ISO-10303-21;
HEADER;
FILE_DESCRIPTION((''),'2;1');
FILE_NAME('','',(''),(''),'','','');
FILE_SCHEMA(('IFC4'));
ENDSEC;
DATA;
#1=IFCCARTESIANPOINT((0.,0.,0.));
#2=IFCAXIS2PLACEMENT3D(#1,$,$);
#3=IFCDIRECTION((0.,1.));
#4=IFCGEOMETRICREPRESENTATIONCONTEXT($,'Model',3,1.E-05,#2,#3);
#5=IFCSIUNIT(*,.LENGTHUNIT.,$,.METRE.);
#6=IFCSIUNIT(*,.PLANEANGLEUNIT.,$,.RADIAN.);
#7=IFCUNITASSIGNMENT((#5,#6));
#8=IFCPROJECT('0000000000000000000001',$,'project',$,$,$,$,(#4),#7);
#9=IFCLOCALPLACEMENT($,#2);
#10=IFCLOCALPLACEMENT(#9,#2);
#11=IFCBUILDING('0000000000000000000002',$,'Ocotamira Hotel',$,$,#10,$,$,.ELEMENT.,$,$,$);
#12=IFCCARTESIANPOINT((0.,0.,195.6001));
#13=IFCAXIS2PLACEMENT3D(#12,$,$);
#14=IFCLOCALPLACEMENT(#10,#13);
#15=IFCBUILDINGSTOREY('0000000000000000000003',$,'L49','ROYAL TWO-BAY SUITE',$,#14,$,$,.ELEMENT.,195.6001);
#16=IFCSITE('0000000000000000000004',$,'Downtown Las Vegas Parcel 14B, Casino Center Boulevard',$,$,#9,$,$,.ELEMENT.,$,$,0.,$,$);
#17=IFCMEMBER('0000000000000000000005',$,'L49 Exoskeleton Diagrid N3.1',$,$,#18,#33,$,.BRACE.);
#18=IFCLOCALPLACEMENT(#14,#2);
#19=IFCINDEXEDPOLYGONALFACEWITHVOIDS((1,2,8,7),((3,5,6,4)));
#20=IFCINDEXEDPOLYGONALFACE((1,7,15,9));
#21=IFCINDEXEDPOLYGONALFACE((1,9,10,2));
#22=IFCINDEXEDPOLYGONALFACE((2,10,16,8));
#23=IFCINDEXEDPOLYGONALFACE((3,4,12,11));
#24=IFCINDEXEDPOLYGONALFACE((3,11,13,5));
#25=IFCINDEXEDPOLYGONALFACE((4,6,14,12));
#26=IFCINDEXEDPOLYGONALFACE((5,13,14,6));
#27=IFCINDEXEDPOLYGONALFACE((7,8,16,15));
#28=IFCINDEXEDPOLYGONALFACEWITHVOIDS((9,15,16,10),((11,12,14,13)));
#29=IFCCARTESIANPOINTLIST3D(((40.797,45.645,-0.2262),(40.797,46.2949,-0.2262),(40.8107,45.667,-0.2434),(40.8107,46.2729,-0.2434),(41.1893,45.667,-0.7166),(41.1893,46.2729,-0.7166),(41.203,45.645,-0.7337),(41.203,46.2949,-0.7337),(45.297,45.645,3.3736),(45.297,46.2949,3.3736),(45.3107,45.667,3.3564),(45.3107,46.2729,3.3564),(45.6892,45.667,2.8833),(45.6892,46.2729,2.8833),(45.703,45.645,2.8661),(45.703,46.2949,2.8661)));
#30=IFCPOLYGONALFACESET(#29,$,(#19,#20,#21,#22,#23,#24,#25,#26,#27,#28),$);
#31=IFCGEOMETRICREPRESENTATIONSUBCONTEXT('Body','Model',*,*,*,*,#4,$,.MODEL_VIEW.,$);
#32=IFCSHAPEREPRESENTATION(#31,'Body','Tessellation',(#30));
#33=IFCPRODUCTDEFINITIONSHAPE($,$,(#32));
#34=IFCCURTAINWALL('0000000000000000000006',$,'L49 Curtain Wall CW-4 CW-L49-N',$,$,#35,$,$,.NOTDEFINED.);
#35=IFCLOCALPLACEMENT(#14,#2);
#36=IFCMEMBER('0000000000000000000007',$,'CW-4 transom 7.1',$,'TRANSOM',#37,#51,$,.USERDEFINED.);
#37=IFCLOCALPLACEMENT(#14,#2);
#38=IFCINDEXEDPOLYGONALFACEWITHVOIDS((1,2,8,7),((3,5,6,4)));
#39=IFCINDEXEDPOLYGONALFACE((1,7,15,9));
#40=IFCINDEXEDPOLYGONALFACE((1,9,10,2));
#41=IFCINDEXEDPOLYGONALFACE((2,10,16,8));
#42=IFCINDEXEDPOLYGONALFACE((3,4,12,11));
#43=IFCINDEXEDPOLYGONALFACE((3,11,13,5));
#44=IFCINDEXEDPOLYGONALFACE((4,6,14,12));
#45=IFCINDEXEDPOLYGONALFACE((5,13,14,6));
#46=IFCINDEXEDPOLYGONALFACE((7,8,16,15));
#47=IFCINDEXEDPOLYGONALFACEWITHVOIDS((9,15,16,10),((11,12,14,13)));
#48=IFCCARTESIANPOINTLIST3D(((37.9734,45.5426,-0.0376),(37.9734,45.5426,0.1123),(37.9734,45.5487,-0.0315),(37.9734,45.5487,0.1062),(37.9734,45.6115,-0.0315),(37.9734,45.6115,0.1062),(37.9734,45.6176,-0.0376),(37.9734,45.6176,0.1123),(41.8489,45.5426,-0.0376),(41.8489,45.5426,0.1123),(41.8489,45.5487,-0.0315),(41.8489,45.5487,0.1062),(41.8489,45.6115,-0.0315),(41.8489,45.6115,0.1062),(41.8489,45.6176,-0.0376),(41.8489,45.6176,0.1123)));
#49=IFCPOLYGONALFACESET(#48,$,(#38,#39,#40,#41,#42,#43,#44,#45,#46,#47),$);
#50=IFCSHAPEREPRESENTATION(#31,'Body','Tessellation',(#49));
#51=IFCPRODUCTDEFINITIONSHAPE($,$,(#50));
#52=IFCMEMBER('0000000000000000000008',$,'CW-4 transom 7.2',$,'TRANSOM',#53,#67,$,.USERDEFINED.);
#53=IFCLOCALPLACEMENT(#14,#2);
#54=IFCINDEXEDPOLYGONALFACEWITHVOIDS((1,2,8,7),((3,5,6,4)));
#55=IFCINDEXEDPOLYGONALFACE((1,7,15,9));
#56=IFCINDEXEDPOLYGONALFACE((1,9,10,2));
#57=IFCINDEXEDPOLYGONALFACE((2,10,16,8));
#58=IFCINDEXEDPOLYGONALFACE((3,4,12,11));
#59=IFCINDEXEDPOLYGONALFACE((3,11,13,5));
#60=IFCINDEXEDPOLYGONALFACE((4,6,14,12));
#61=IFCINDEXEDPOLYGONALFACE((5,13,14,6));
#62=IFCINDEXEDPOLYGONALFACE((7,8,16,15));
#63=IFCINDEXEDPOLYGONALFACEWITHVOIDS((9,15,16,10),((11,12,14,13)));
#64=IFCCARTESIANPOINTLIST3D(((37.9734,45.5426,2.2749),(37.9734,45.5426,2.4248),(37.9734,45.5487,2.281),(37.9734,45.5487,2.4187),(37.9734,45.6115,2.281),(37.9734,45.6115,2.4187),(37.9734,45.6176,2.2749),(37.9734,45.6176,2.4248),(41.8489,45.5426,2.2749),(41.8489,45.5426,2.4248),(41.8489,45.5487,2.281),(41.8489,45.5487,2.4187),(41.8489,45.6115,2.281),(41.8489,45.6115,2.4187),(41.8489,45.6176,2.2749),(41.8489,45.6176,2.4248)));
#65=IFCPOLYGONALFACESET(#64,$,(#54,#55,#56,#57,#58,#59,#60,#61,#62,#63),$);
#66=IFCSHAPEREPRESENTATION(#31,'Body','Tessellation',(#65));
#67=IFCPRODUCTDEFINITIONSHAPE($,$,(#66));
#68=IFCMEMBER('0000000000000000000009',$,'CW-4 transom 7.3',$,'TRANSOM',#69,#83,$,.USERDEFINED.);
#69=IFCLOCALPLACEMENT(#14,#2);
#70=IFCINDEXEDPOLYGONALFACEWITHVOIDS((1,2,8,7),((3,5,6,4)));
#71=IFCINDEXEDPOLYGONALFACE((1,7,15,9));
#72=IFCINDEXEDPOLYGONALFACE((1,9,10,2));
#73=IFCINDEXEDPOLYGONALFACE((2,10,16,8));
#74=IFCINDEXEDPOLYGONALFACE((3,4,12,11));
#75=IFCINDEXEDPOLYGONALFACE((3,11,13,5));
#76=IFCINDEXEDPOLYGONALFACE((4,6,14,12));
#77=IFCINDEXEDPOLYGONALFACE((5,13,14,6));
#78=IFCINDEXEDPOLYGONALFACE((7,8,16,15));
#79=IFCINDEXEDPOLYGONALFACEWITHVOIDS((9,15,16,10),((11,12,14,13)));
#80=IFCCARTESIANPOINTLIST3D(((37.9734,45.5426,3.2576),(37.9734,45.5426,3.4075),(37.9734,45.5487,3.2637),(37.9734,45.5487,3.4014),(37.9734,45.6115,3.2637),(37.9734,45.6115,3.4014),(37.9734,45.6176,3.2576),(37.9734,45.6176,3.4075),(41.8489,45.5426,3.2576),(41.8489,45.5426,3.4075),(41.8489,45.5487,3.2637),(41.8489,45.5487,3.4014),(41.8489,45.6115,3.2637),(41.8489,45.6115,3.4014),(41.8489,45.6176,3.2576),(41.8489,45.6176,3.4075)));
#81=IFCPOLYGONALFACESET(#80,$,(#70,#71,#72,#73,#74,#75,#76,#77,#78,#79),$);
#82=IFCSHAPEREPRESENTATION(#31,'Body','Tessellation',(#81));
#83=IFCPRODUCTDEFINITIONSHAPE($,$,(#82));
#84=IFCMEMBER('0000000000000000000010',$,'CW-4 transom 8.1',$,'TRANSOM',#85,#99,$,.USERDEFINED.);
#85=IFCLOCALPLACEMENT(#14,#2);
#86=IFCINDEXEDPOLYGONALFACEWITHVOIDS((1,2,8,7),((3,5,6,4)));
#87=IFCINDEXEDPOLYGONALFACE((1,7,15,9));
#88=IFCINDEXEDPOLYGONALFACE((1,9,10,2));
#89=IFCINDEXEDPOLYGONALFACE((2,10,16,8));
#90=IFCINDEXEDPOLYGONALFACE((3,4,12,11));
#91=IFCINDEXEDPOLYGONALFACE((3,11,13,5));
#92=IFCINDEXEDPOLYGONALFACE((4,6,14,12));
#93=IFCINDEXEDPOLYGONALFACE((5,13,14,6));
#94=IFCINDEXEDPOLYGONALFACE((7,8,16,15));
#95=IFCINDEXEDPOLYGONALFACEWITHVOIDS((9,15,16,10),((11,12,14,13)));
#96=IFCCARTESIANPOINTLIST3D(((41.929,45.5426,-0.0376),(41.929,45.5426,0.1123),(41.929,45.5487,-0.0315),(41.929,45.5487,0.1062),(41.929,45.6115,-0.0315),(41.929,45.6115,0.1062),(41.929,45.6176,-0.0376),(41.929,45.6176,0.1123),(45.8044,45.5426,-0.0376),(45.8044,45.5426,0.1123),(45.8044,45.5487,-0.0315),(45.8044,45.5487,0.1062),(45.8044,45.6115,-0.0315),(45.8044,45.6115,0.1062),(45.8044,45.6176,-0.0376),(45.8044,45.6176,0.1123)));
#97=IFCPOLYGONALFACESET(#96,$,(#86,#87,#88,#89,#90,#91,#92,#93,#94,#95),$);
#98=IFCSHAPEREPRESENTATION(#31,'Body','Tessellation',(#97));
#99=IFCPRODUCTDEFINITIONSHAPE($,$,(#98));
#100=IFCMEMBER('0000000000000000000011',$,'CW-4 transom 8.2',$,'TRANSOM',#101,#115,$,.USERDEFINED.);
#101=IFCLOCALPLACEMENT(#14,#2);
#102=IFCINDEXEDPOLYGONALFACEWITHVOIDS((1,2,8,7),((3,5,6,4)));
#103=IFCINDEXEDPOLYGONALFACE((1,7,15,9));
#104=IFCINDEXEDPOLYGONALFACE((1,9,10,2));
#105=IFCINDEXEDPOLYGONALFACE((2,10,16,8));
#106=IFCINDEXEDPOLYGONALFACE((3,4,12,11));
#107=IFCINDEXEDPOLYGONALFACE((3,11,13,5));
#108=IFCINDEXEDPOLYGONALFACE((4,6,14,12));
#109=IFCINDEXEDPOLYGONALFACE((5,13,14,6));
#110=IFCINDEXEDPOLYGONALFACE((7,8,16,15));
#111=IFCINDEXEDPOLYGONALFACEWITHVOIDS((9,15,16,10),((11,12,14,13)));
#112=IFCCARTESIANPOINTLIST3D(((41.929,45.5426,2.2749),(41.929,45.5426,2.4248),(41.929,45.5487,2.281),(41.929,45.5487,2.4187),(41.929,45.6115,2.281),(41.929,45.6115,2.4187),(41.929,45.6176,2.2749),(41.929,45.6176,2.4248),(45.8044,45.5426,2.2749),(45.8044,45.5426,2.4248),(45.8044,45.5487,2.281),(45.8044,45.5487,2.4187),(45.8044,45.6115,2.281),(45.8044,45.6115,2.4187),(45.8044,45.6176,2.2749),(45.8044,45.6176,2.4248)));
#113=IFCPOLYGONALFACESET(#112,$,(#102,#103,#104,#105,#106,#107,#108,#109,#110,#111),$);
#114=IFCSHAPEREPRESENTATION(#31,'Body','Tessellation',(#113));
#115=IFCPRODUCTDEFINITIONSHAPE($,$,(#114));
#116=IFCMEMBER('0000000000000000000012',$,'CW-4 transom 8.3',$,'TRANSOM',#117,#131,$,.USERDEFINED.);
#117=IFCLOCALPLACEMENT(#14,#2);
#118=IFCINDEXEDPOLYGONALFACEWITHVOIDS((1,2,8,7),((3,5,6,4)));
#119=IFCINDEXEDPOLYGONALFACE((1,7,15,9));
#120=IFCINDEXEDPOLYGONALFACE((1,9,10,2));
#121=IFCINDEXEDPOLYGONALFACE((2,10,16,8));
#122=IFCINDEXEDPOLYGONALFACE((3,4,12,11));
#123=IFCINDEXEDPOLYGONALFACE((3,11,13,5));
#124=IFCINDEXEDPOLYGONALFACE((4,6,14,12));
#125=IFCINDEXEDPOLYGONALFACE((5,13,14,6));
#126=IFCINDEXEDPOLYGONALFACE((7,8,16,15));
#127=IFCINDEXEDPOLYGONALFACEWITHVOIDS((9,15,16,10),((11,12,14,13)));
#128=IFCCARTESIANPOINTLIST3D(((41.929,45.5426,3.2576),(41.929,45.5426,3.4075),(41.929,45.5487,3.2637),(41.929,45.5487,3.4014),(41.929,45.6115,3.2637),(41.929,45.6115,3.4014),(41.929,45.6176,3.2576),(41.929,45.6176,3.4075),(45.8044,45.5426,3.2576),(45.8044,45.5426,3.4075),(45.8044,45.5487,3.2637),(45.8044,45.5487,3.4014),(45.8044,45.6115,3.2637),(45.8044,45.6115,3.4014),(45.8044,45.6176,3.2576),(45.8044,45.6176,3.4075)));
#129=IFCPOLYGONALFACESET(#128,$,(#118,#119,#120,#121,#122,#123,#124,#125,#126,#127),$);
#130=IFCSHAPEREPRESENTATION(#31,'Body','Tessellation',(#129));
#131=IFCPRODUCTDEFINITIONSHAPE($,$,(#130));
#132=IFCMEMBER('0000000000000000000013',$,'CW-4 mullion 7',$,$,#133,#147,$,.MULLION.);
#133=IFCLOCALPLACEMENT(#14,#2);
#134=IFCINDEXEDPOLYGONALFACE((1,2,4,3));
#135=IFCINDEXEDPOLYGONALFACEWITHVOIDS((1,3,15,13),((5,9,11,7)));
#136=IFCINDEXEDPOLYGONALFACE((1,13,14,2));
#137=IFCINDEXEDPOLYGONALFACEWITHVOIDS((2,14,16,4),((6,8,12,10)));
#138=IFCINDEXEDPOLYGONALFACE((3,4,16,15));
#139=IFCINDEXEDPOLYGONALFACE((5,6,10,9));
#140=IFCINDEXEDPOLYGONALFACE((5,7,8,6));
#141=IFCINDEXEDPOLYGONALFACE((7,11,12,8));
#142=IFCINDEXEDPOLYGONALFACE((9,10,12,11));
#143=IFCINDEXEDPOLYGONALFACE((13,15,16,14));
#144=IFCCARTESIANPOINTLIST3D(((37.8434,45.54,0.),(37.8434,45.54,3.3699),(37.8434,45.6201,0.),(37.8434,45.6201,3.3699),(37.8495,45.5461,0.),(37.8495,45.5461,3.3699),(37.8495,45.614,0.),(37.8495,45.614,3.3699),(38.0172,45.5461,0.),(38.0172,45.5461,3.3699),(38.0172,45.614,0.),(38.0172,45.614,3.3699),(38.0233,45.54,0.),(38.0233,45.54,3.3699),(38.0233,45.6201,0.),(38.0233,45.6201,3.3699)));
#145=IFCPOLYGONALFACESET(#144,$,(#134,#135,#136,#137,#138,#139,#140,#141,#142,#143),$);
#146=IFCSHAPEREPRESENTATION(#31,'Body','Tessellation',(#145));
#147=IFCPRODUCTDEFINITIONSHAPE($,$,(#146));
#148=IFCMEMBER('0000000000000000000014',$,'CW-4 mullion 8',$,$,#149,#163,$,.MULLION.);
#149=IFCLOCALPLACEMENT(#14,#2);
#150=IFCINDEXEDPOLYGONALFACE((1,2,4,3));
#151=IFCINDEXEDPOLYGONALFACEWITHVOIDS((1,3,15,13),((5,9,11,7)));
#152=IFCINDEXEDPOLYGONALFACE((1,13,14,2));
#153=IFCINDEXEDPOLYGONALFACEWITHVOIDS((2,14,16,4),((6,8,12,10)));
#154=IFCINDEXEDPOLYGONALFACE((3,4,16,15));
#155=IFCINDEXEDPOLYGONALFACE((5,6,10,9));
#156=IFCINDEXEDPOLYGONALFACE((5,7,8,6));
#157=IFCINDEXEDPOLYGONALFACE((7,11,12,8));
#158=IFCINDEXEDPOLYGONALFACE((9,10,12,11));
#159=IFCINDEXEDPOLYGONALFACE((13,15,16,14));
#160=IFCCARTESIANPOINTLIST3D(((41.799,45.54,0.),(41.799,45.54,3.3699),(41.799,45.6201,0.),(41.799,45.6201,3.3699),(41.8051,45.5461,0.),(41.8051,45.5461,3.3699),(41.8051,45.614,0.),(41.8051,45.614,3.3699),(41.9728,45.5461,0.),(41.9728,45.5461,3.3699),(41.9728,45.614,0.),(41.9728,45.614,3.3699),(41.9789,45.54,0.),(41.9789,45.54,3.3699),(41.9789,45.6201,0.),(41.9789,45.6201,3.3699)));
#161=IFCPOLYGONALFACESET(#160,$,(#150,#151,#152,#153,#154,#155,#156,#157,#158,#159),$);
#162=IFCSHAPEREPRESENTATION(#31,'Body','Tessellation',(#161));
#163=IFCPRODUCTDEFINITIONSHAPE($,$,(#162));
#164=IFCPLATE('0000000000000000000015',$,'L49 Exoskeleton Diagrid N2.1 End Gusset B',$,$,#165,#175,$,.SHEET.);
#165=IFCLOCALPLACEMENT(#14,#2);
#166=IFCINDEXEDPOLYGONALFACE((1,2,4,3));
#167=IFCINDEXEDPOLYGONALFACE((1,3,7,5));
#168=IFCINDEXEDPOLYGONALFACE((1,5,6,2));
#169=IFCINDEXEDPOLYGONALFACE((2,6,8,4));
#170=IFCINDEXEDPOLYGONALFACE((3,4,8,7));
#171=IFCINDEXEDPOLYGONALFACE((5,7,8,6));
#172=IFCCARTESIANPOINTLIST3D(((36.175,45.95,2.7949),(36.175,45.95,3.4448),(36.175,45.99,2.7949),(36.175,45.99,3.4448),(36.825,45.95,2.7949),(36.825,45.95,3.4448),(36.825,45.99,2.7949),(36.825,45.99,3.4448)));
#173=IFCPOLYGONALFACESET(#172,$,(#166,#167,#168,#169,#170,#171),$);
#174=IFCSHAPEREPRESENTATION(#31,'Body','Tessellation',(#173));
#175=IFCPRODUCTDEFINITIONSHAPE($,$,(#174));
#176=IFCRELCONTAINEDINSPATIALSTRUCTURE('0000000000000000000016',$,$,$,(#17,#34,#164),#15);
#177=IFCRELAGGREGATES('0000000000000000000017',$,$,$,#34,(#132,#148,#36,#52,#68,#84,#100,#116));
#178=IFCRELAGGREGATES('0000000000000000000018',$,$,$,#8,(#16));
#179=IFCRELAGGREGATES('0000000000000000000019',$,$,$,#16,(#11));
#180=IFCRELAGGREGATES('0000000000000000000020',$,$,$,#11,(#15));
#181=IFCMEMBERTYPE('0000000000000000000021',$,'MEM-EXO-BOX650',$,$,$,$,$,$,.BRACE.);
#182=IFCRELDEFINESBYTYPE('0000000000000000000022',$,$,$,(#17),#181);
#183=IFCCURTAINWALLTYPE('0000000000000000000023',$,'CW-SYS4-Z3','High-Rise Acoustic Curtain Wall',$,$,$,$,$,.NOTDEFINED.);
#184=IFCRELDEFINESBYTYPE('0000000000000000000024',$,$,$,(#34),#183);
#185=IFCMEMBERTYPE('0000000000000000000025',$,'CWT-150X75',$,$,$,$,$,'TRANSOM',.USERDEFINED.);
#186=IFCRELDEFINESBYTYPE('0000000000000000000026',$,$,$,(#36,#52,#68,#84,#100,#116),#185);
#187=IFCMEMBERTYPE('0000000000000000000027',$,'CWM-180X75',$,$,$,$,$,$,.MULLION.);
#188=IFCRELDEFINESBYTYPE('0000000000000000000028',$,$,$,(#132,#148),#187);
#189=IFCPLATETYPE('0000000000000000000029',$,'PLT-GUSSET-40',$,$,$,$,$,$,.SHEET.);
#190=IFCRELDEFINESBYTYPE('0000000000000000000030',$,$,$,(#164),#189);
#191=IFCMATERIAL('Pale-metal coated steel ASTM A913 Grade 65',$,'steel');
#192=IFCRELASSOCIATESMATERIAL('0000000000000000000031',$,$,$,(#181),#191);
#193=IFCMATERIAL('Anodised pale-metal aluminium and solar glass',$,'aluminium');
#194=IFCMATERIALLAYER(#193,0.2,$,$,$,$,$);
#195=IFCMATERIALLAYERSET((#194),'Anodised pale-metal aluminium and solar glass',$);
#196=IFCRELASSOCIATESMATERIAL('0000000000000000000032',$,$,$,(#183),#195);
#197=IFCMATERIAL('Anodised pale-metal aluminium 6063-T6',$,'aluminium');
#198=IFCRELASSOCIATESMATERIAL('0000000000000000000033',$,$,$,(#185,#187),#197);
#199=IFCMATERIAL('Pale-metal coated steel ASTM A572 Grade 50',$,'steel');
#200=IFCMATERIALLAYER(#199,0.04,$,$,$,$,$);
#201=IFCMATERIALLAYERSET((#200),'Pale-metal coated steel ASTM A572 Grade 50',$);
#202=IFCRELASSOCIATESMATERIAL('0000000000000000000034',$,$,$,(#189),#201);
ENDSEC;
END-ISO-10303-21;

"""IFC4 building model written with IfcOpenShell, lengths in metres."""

from ifc_helpers import new_model, si_unit, direction, frame, origin, origin_2d, place, context, subcontext, project, spatial, rectangle, hollow_rectangle, extrude, source, transform, mapped, material, layer, layer_set, material_profile, profile_set, type_object, element, aggregate, save


model = new_model("IFC4")

# Units and contexts
model_context = context("Model", 3, precision=1e-05, world=origin(), true_north=direction((0.0, 1.0)))
body_context = subcontext(model_context, "Body", "Model", "MODEL_VIEW")
ifc_project = project(units=[si_unit("LENGTHUNIT", "METRE"), si_unit("PLANEANGLEUNIT", "RADIAN")], contexts=[model_context])

# Site, building, storey
site_placement = place(None, origin())
site = spatial("IfcSite", under=ifc_project, at=site_placement, Name="Downtown Las Vegas Parcel 14B, Casino Center Boulevard", CompositionType="ELEMENT", RefElevation=0.0)
building_placement = place(site_placement, origin())
building = spatial("IfcBuilding", under=site, at=building_placement, Name="Ocotamira Hotel", CompositionType="ELEMENT")
storey_placement = place(building_placement, frame((0.0, 0.0, 195.6001)))
storey = spatial("IfcBuildingStorey", under=building, at=storey_placement, Name="L49", Description="ROYAL TWO-BAY SUITE", CompositionType="ELEMENT", Elevation=195.6001)

# Member
ifc_material_1 = material(Name="Pale-metal coated steel ASTM A913 Grade 65", Category="steel")
ifc_material_profile_1 = material_profile(ifc_material_1, hollow_rectangle(XDim=0.6499, YDim=0.6499, WallThickness=0.022, at=origin_2d()), Name="BOX650X650X22")
ifc_profile_set_1 = profile_set([ifc_material_profile_1], Name="Pale-metal coated steel ASTM A913 Grade 65")
member_type_1 = type_object("IfcMemberType", Name="MEM-EXO-BOX650", PredefinedType="BRACE", material=ifc_profile_set_1)
shared_shape_1 = source(origin(), body_context, "Body", "SweptSolid", [
    extrude(hollow_rectangle(XDim=0.6499, YDim=0.6499, WallThickness=0.022, at=origin_2d()), origin(), (0.0, 0.0, 1.0), 5.7627),
])
for number, where, z_axis, x_axis, name in (
    (1, (41.0, 45.97, -0.48), (0.780881, 0.0, 0.62468), (0.0, 1.0, 0.0), "L49 Exoskeleton Diagrid N3.1"),
):
    element("IfcMember", number, at=place(storey_placement, frame(where, z_axis=z_axis, x_axis=x_axis)), inside=storey, type_object=member_type_1, Name=name, PredefinedType="BRACE", context=body_context, shape_type="MappedRepresentation", body=[
        mapped(shared_shape_1, transform((0.0, 0.0, 0.0), scale=1.0)),
    ])

# Curtain wall, members
ifc_material_2 = material(Name="Anodised pale-metal aluminium and solar glass", Category="aluminium")
ifc_layer_1 = layer(ifc_material_2, 0.2)
ifc_layer_set_1 = layer_set([ifc_layer_1], Name="Anodised pale-metal aluminium and solar glass")
curtain_wall_type = type_object("IfcCurtainWallType", Name="CW-SYS4-Z3", Description="High-Rise Acoustic Curtain Wall", PredefinedType="NOTDEFINED", material=ifc_layer_set_1)
curtain_wall_placement = place(storey_placement, origin())
curtain_wall = element("IfcCurtainWall", 2, at=curtain_wall_placement, inside=storey, type_object=curtain_wall_type, Name="L49 Curtain Wall CW-4 CW-L49-N", PredefinedType="NOTDEFINED")
ifc_material_3 = material(Name="Anodised pale-metal aluminium 6063-T6", Category="aluminium")
ifc_material_profile_2 = material_profile(ifc_material_3, hollow_rectangle(XDim=0.075, YDim=0.1499, WallThickness=0.0061, at=origin_2d()), Name="HSS150X75X6")
ifc_profile_set_2 = profile_set([ifc_material_profile_2], Name="Anodised pale-metal aluminium 6063-T6")
member_type_2 = type_object("IfcMemberType", Name="CWT-150X75", ElementType="TRANSOM", PredefinedType="USERDEFINED", material=ifc_profile_set_2)
shared_shape_2 = source(origin(), body_context, "Body", "SweptSolid", [
    extrude(hollow_rectangle(XDim=0.075, YDim=0.1499, WallThickness=0.0061, at=origin_2d()), origin(), (0.0, 0.0, 1.0), 3.8755),
])
member_1_placement = place(storey_placement, frame((37.9734, 45.5801, 0.0374), z_axis=(1.0, 0.0, 0.0), x_axis=(0.0, 1.0, 0.0)))
member_1 = element("IfcMember", 3, at=member_1_placement, type_object=member_type_2, Name="CW-4 transom 7.1", ObjectType="TRANSOM", PredefinedType="USERDEFINED", context=body_context, shape_type="MappedRepresentation", body=[
    mapped(shared_shape_2, transform((0.0, 0.0, 0.0), scale=1.0)),
])
member_2_placement = place(storey_placement, frame((37.9734, 45.5801, 2.3499), z_axis=(1.0, 0.0, 0.0), x_axis=(0.0, 1.0, 0.0)))
member_2 = element("IfcMember", 4, at=member_2_placement, type_object=member_type_2, Name="CW-4 transom 7.2", ObjectType="TRANSOM", PredefinedType="USERDEFINED", context=body_context, shape_type="MappedRepresentation", body=[
    mapped(shared_shape_2, transform((0.0, 0.0, 0.0), scale=1.0)),
])
member_3_placement = place(storey_placement, frame((37.9734, 45.5801, 3.3325), z_axis=(1.0, 0.0, 0.0), x_axis=(0.0, 1.0, 0.0)))
member_3 = element("IfcMember", 5, at=member_3_placement, type_object=member_type_2, Name="CW-4 transom 7.3", ObjectType="TRANSOM", PredefinedType="USERDEFINED", context=body_context, shape_type="MappedRepresentation", body=[
    mapped(shared_shape_2, transform((0.0, 0.0, 0.0), scale=1.0)),
])
member_4_placement = place(storey_placement, frame((41.929, 45.5801, 0.0374), z_axis=(1.0, 0.0, 0.0), x_axis=(0.0, 1.0, 0.0)))
member_4 = element("IfcMember", 6, at=member_4_placement, type_object=member_type_2, Name="CW-4 transom 8.1", ObjectType="TRANSOM", PredefinedType="USERDEFINED", context=body_context, shape_type="MappedRepresentation", body=[
    mapped(shared_shape_2, transform((0.0, 0.0, 0.0), scale=1.0)),
])
member_5_placement = place(storey_placement, frame((41.929, 45.5801, 2.3499), z_axis=(1.0, 0.0, 0.0), x_axis=(0.0, 1.0, 0.0)))
member_5 = element("IfcMember", 7, at=member_5_placement, type_object=member_type_2, Name="CW-4 transom 8.2", ObjectType="TRANSOM", PredefinedType="USERDEFINED", context=body_context, shape_type="MappedRepresentation", body=[
    mapped(shared_shape_2, transform((0.0, 0.0, 0.0), scale=1.0)),
])
member_6_placement = place(storey_placement, frame((41.929, 45.5801, 3.3325), z_axis=(1.0, 0.0, 0.0), x_axis=(0.0, 1.0, 0.0)))
member_6 = element("IfcMember", 8, at=member_6_placement, type_object=member_type_2, Name="CW-4 transom 8.3", ObjectType="TRANSOM", PredefinedType="USERDEFINED", context=body_context, shape_type="MappedRepresentation", body=[
    mapped(shared_shape_2, transform((0.0, 0.0, 0.0), scale=1.0)),
])
ifc_material_profile_3 = material_profile(ifc_material_3, hollow_rectangle(XDim=0.0801, YDim=0.1799, WallThickness=0.0061, at=origin_2d()), Name="HSS180X80X6")
ifc_profile_set_3 = profile_set([ifc_material_profile_3], Name="Anodised pale-metal aluminium 6063-T6")
member_type_3 = type_object("IfcMemberType", Name="CWM-180X75", PredefinedType="MULLION", material=ifc_profile_set_3)
shared_shape_3 = source(origin(), body_context, "Body", "SweptSolid", [
    extrude(hollow_rectangle(XDim=0.0801, YDim=0.1799, WallThickness=0.0061, at=origin_2d()), origin(), (0.0, 0.0, 1.0), 3.3699),
])
member_7_placement = place(storey_placement, frame((37.9333, 45.5801, 0.0), z_axis=(0.0, 0.0, 1.0), x_axis=(0.0, 1.0, 0.0)))
member_7 = element("IfcMember", 9, at=member_7_placement, type_object=member_type_3, Name="CW-4 mullion 7", PredefinedType="MULLION", context=body_context, shape_type="MappedRepresentation", body=[
    mapped(shared_shape_3, transform((0.0, 0.0, 0.0), scale=1.0)),
])
member_8_placement = place(storey_placement, frame((41.8889, 45.5801, 0.0), z_axis=(0.0, 0.0, 1.0), x_axis=(0.0, 1.0, 0.0)))
member_8 = element("IfcMember", 10, at=member_8_placement, type_object=member_type_3, Name="CW-4 mullion 8", PredefinedType="MULLION", context=body_context, shape_type="MappedRepresentation", body=[
    mapped(shared_shape_3, transform((0.0, 0.0, 0.0), scale=1.0)),
])

# Plate
ifc_material_4 = material(Name="Pale-metal coated steel ASTM A572 Grade 50", Category="steel")
ifc_layer_2 = layer(ifc_material_4, 0.04)
ifc_layer_set_2 = layer_set([ifc_layer_2], Name="Pale-metal coated steel ASTM A572 Grade 50")
plate_type_1 = type_object("IfcPlateType", Name="PLT-GUSSET-40", PredefinedType="SHEET", material=ifc_layer_set_2)
shared_shape_4 = source(origin(), body_context, "Body", "SweptSolid", [
    extrude(rectangle(XDim=0.6499, YDim=0.04, at=origin_2d()), origin(), (0.0, 0.0, 1.0), 0.6499),
])
plate_1_placement = place(storey_placement, frame((36.5, 45.97, 2.7949), z_axis=(0.0, 0.0, 1.0), x_axis=(1.0, 0.0, 0.0)))
element("IfcPlate", 11, at=plate_1_placement, inside=storey, type_object=plate_type_1, Name="L49 Exoskeleton Diagrid N2.1 End Gusset B", PredefinedType="SHEET", context=body_context, shape_type="MappedRepresentation", body=[
    mapped(shared_shape_4, transform((0.0, 0.0, 0.0), scale=1.0)),
])
aggregate(curtain_wall, [member_7, member_8, member_1, member_2, member_3, member_4, member_5, member_6])

save(model, "model.ifc")
